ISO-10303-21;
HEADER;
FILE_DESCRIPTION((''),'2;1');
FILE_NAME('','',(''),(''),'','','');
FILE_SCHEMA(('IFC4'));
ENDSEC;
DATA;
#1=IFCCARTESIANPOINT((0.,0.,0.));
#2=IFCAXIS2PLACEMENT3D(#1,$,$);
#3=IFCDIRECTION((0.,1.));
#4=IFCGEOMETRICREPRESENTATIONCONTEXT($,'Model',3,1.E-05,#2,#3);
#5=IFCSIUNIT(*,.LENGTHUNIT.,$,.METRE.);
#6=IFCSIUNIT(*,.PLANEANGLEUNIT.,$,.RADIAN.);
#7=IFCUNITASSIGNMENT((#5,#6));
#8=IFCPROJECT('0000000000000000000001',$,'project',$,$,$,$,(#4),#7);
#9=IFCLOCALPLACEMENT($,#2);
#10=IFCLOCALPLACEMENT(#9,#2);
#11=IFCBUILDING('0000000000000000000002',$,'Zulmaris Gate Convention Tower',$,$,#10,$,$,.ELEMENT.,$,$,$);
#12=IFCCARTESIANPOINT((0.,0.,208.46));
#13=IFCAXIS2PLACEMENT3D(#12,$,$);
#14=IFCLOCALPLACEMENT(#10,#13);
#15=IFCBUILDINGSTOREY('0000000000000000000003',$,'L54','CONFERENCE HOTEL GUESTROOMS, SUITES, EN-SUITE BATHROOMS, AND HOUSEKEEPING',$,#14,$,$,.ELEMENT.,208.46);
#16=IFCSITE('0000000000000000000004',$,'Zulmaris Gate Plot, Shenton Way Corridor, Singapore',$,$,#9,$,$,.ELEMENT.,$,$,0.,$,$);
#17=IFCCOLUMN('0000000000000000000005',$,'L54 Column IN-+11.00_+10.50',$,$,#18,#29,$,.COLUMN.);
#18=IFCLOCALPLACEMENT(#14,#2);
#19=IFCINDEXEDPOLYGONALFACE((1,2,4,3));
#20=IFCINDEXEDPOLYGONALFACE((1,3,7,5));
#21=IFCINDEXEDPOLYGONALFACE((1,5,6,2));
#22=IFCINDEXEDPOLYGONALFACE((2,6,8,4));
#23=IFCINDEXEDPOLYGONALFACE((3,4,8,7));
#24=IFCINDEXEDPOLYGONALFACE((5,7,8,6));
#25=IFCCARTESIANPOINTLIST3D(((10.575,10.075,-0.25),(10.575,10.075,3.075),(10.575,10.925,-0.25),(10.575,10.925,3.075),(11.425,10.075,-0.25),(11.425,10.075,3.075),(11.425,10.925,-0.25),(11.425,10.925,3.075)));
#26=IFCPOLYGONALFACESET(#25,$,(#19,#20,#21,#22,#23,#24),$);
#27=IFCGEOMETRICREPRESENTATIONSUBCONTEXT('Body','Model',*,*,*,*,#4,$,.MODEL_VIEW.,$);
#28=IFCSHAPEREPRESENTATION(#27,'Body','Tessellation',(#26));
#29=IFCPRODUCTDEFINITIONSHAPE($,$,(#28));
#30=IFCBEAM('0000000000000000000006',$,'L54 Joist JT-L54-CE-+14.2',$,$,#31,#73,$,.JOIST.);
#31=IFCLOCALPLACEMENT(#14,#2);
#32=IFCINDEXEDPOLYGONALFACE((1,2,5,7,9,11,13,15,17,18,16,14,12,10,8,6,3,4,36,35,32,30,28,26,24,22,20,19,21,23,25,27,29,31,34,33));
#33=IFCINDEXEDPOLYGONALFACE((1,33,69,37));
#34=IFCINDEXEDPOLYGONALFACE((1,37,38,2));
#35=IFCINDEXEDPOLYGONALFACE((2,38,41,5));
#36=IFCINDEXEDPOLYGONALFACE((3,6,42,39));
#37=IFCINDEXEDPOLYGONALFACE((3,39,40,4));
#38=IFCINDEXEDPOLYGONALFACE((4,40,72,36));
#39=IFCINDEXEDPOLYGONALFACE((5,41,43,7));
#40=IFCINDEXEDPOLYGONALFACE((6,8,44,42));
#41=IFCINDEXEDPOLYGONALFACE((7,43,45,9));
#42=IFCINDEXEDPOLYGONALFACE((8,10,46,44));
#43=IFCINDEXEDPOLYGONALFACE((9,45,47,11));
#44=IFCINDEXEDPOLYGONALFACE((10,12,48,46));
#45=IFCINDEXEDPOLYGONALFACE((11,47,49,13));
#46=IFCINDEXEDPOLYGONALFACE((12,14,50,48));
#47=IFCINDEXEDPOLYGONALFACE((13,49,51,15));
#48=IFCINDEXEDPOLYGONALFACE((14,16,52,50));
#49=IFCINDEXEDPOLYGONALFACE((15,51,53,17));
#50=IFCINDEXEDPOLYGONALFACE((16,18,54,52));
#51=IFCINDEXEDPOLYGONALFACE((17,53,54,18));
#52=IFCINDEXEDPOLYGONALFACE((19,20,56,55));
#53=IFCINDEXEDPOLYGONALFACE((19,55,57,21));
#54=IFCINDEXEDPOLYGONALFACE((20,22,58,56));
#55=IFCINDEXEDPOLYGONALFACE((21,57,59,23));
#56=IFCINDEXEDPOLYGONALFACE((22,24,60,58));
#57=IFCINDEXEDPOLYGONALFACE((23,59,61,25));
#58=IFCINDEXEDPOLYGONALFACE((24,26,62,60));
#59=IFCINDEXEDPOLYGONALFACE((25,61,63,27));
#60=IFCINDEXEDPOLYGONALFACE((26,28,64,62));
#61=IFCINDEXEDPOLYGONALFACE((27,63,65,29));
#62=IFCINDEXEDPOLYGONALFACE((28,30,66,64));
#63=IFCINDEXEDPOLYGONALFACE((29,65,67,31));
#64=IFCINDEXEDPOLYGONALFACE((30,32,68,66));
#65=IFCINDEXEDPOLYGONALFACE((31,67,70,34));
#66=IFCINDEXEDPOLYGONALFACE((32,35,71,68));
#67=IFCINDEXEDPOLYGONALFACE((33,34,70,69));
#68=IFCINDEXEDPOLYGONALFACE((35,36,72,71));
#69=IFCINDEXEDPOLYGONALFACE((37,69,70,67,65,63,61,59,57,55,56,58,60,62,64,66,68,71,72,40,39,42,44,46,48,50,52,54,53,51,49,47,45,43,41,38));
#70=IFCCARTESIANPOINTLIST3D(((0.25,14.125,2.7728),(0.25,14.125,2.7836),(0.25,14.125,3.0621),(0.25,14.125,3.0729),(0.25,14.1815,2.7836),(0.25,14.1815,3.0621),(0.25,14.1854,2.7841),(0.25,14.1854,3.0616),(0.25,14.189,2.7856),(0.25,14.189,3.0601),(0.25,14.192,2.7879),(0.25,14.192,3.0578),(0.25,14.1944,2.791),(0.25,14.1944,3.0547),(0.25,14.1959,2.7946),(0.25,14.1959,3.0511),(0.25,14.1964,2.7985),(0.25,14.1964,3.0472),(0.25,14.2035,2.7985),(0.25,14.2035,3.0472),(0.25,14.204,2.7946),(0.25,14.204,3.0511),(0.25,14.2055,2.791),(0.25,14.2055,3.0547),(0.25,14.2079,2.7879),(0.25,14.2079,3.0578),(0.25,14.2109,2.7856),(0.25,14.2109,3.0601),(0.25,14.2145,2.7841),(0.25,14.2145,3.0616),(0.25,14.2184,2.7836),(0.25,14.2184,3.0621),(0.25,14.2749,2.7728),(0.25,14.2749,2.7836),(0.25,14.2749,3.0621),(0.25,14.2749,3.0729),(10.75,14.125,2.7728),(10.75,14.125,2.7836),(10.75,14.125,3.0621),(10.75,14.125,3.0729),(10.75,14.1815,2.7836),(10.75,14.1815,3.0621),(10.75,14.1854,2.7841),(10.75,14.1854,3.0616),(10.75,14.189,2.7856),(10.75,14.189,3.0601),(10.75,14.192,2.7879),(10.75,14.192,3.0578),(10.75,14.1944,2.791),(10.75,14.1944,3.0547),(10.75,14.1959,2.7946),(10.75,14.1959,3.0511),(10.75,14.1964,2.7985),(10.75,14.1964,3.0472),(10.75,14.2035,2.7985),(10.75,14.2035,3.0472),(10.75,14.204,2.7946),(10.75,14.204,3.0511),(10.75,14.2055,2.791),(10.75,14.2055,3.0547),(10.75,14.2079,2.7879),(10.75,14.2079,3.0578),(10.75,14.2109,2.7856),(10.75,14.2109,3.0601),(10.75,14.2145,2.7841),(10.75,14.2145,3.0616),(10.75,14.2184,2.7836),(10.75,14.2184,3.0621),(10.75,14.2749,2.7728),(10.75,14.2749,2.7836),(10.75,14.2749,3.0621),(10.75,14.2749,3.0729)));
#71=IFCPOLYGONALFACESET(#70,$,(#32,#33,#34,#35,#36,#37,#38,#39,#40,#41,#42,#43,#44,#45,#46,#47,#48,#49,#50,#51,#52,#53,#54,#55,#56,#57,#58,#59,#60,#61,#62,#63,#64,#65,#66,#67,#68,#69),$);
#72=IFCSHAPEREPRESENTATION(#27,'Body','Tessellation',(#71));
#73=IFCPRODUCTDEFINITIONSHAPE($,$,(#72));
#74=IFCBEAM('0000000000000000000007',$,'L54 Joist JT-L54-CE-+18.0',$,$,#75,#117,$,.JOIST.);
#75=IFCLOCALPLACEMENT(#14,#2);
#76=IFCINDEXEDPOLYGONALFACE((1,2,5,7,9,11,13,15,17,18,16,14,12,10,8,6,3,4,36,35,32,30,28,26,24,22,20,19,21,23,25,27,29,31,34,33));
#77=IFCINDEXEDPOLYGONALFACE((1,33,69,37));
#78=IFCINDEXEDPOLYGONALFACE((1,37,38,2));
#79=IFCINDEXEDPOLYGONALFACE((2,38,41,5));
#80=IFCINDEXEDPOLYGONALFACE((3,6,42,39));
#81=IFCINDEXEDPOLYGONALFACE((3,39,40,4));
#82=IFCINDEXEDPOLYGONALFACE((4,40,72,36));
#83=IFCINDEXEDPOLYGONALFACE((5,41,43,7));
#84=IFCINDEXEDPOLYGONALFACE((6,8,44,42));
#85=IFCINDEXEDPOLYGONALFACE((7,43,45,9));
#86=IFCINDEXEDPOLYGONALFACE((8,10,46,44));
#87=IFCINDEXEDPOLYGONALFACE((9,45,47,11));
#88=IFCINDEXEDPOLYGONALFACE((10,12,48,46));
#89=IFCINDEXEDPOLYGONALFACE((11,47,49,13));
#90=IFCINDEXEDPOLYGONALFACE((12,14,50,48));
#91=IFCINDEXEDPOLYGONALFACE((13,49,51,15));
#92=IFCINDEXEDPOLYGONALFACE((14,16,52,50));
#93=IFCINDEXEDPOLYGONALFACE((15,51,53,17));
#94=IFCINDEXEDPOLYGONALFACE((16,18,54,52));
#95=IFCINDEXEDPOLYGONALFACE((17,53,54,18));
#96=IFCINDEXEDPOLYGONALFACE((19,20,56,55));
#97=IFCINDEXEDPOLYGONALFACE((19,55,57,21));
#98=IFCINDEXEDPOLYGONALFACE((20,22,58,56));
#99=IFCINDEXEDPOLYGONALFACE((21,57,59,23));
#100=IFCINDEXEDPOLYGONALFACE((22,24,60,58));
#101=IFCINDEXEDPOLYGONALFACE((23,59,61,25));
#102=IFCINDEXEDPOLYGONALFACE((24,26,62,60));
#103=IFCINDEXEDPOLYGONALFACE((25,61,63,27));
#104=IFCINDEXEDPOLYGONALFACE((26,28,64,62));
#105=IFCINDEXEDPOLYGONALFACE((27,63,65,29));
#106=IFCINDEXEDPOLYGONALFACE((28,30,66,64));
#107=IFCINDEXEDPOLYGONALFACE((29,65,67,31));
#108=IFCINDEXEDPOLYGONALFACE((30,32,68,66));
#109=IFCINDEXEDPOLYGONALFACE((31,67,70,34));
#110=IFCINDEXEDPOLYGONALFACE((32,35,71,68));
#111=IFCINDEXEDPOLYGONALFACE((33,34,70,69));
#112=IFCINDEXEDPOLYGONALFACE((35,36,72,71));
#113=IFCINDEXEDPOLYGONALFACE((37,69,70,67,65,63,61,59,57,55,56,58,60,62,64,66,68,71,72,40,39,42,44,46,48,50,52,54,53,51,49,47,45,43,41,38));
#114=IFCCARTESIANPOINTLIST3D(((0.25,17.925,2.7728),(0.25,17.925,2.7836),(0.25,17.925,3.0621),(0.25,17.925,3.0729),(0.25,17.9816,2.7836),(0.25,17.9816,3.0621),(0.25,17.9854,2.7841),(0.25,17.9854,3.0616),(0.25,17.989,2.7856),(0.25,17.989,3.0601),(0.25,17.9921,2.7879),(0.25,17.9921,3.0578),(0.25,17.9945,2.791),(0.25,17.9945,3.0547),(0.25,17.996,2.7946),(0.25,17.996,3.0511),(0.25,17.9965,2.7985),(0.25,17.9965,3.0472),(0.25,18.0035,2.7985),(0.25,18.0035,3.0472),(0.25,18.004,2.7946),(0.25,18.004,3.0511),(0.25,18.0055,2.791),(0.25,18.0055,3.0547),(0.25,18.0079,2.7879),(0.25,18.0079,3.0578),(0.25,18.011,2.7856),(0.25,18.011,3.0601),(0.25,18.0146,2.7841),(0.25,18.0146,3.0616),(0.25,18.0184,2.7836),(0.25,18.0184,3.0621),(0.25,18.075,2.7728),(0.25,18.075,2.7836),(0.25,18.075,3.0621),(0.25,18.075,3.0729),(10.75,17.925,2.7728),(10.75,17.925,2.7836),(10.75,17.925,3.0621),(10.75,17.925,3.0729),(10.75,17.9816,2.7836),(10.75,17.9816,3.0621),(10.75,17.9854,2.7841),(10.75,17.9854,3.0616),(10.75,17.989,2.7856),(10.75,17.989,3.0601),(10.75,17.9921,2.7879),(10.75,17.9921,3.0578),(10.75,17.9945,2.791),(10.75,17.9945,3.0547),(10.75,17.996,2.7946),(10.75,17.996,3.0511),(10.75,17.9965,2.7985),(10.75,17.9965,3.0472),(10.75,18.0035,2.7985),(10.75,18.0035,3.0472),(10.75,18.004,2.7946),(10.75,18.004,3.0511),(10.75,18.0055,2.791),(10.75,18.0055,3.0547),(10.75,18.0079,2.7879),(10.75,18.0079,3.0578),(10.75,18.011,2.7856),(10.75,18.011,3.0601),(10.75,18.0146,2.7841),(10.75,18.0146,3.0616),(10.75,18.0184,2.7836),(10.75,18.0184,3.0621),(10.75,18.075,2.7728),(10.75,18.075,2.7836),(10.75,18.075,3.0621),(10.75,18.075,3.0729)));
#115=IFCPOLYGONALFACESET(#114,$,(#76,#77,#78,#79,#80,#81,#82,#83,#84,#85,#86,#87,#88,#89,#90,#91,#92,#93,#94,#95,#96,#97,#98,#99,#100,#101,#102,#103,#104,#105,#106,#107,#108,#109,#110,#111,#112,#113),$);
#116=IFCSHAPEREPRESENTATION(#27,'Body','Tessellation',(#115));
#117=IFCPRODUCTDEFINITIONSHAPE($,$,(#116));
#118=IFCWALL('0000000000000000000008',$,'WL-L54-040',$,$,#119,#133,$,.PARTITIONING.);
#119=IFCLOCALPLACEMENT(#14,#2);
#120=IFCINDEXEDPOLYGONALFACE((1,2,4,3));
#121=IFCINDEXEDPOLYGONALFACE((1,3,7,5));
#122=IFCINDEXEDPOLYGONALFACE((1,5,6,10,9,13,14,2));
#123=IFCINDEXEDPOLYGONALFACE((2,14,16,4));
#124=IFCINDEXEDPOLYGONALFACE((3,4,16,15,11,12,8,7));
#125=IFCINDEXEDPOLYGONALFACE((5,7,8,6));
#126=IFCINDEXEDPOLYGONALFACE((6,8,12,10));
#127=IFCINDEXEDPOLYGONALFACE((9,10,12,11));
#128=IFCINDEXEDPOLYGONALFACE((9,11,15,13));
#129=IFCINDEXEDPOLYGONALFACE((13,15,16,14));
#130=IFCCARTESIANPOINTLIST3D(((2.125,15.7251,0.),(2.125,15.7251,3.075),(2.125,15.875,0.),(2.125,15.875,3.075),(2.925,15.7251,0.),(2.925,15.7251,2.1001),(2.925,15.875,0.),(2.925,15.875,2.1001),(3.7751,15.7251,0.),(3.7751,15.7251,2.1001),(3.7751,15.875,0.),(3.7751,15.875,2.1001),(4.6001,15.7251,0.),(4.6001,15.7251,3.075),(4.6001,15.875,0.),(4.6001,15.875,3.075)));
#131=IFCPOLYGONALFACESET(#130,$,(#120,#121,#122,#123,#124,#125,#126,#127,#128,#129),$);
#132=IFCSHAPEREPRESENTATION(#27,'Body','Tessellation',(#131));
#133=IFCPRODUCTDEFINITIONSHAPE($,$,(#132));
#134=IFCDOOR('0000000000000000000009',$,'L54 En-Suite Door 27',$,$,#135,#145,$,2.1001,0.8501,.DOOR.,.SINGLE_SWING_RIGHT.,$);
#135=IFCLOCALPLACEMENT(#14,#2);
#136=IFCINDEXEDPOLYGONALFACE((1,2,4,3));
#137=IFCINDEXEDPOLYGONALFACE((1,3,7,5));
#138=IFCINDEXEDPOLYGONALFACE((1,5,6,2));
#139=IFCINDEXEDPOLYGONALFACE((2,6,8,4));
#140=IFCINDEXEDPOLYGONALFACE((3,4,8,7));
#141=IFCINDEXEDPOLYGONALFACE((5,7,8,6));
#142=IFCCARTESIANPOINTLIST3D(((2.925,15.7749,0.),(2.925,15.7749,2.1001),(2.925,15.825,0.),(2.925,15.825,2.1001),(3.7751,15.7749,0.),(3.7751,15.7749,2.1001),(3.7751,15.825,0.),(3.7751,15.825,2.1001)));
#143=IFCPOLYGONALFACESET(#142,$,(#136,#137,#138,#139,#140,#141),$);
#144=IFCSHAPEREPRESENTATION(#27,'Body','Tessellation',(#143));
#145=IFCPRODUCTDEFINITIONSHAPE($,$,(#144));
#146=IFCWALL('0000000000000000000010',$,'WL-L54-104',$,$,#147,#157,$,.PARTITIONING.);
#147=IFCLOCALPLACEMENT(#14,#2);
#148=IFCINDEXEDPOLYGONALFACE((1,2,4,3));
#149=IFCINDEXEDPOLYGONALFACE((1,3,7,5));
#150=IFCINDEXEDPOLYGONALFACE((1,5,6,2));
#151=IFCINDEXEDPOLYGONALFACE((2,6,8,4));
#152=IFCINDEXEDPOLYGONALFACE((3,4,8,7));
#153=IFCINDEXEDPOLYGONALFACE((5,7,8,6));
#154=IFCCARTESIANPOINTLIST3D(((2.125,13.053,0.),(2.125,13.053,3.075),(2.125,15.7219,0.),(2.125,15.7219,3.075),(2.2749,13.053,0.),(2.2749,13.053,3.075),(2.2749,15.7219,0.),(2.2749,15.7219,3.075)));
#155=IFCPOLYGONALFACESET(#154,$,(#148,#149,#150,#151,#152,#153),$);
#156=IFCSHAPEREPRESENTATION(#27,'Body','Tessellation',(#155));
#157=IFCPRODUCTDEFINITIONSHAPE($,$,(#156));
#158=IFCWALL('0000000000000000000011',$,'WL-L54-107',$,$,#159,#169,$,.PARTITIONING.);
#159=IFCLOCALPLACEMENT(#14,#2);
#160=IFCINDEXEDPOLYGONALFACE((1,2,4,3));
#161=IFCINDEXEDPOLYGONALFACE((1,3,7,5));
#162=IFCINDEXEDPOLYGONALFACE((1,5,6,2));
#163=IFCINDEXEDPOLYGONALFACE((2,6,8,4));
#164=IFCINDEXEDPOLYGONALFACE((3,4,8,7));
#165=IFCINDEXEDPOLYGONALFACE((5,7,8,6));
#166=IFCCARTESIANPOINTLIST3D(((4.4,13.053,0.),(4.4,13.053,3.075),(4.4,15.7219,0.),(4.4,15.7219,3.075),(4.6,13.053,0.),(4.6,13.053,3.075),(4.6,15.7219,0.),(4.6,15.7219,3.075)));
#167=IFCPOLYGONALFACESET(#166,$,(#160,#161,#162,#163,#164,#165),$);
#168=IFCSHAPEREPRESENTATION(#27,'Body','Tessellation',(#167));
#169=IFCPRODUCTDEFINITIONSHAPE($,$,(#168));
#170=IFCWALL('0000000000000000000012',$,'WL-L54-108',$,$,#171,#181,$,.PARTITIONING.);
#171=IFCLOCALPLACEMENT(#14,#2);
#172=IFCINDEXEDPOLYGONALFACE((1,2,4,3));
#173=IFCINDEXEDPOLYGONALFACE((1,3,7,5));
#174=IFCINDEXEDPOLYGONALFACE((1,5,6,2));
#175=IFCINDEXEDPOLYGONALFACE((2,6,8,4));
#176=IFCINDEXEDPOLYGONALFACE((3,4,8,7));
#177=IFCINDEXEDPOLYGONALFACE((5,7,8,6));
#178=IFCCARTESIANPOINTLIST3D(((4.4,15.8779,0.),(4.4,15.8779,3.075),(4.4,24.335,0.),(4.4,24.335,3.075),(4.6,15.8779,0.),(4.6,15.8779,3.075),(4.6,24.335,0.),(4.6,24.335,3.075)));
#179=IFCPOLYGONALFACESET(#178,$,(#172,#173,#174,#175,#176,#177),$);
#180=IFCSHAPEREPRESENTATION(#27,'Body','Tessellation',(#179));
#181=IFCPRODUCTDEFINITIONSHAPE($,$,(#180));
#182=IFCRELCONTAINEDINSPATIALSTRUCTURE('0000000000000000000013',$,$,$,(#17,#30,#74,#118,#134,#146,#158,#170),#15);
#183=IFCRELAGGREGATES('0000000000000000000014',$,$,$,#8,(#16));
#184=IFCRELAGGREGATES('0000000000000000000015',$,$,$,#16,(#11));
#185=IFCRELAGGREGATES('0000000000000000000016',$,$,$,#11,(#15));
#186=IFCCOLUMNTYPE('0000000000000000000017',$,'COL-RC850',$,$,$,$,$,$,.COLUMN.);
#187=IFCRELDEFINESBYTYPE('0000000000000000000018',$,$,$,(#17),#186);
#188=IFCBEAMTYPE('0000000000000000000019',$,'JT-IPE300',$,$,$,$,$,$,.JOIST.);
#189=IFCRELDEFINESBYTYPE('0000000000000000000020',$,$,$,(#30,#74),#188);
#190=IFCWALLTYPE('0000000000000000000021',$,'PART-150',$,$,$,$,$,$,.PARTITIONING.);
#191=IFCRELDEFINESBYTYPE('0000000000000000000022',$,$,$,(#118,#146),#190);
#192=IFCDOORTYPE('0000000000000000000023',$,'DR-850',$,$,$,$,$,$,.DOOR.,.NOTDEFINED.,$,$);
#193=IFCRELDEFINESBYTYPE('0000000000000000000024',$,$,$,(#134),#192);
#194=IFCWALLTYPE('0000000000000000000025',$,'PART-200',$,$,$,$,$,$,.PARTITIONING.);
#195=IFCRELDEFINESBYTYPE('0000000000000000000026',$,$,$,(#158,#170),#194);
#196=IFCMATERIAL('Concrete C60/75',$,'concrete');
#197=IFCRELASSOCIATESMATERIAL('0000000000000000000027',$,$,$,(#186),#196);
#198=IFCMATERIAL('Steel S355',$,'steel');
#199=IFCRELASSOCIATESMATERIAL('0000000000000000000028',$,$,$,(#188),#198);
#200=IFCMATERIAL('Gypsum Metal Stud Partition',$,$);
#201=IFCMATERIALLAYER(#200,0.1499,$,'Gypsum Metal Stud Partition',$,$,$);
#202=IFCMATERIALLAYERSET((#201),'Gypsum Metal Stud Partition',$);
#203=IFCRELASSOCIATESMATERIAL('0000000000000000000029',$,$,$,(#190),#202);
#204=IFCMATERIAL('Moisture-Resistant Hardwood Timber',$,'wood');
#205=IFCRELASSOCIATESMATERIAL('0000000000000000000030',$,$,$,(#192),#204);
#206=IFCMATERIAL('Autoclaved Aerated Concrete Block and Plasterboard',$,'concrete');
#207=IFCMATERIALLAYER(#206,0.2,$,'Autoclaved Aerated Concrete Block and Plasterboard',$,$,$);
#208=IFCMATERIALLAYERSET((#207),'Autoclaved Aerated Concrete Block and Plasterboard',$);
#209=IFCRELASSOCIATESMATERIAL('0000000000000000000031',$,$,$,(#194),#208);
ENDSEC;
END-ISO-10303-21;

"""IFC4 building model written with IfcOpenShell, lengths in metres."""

from ifc_helpers import new_model, si_unit, direction, frame, frame_2d, origin, origin_2d, place, context, subcontext, project, spatial, rectangle, i_section, extrude, material, layer, layer_set, material_profile, profile_set, type_object, element, fill, save


model = new_model("IFC4")

# Units and contexts
model_context = context("Model", 3, precision=1e-05, world=origin(), true_north=direction((0.0, 1.0)))
body_context = subcontext(model_context, "Body", "Model", "MODEL_VIEW")
ifc_project = project(units=[si_unit("LENGTHUNIT", "METRE"), si_unit("PLANEANGLEUNIT", "RADIAN")], contexts=[model_context])

# Site, building, storey
site_placement = place(None, origin())
site = spatial("IfcSite", under=ifc_project, at=site_placement, Name="Zulmaris Gate Plot, Shenton Way Corridor, Singapore", CompositionType="ELEMENT", RefElevation=0.0)
building_placement = place(site_placement, origin())
building = spatial("IfcBuilding", under=site, at=building_placement, Name="Zulmaris Gate Convention Tower", CompositionType="ELEMENT")
storey_placement = place(building_placement, frame((0.0, 0.0, 208.46)))
storey = spatial("IfcBuildingStorey", under=building, at=storey_placement, Name="L54", Description="CONFERENCE HOTEL GUESTROOMS, SUITES, EN-SUITE BATHROOMS, AND HOUSEKEEPING", CompositionType="ELEMENT", Elevation=208.46)

# Column
ifc_material_1 = material(Name="Concrete C60/75", Category="concrete")
ifc_material_profile_1 = material_profile(ifc_material_1, rectangle(XDim=0.8501, YDim=0.8501, at=origin_2d()), Name="RC COL 850x850")
ifc_profile_set_1 = profile_set([ifc_material_profile_1], Name="Concrete C60/75")
column_type = type_object("IfcColumnType", Name="COL-RC850", PredefinedType="COLUMN", material=ifc_profile_set_1)
column_placement = place(storey_placement, frame((11.0, 10.5, -0.25), z_axis=(0.0, 0.0, 1.0), x_axis=(1.0, 0.0, 0.0)))
element("IfcColumn", 1, at=column_placement, inside=storey, type_object=column_type, Name="L54 Column IN-+11.00_+10.50", PredefinedType="COLUMN", context=body_context, shape_type="SweptSolid", body=[
    extrude(rectangle(XDim=0.8501, YDim=0.8501, at=origin_2d()), origin(), (0.0, 0.0, 1.0), 3.325),
])

# Beams
ifc_material_2 = material(Name="Steel S355", Category="steel")
ifc_material_profile_2 = material_profile(ifc_material_2, i_section(OverallWidth=0.1499, OverallDepth=0.3, WebThickness=0.0071, FlangeThickness=0.0107, FilletRadius=0.0149, at=origin_2d()), Name="IPE 300")
ifc_profile_set_2 = profile_set([ifc_material_profile_2], Name="Steel S355")
beam_type = type_object("IfcBeamType", Name="JT-IPE300", PredefinedType="JOIST", material=ifc_profile_set_2)
for number, where, z_axis, x_axis, name in (
    (2, (0.25, 14.2, 2.9229), (1.0, 0.0, 0.0), (0.0, 1.0, 0.0), "L54 Joist JT-L54-CE-+14.2"),
    (3, (0.25, 18.0, 2.9229), (1.0, 0.0, 0.0), (0.0, 1.0, 0.0), "L54 Joist JT-L54-CE-+18.0"),
):
    element("IfcBeam", number, at=place(storey_placement, frame(where, z_axis=z_axis, x_axis=x_axis)), inside=storey, type_object=beam_type, Name=name, PredefinedType="JOIST", context=body_context, shape_type="SweptSolid", body=[
        extrude(i_section(OverallWidth=0.1499, OverallDepth=0.3, WebThickness=0.0071, FlangeThickness=0.0107, FilletRadius=0.0149, at=origin_2d()), origin(), (0.0, 0.0, 1.0), 10.5),
    ])

# Wall, opening, door
ifc_material_3 = material(Name="Gypsum Metal Stud Partition")
ifc_layer_1 = layer(ifc_material_3, 0.1499, Name="Gypsum Metal Stud Partition")
ifc_layer_set_1 = layer_set([ifc_layer_1], Name="Gypsum Metal Stud Partition")
wall_type_1 = type_object("IfcWallType", Name="PART-150", PredefinedType="PARTITIONING", material=ifc_layer_set_1)
wall_1_placement = place(storey_placement, frame((2.125, 15.8, 0.0), z_axis=(0.0, 0.0, 1.0), x_axis=(1.0, 0.0, 0.0)))
wall_1 = element("IfcWall", 4, at=wall_1_placement, inside=storey, type_object=wall_type_1, Name="WL-L54-040", PredefinedType="PARTITIONING", context=body_context, shape_type="SweptSolid", body=[
    extrude(rectangle(XDim=2.4751, YDim=0.1499, at=frame_2d((1.2375, 0.0))), origin(), (0.0, 0.0, 1.0), 3.075),
])
opening_1_placement = place(wall_1_placement, frame((0.8, 0.0, 0.0)))
opening_1 = element("IfcOpeningElement", 5, at=opening_1_placement, cuts=wall_1, PredefinedType="OPENING", context=body_context, shape_type="SweptSolid", body=[
    extrude(rectangle(XDim=0.8501, YDim=2.1001, at=frame_2d((0.425, 1.05))), frame((0.0, 0.085, 0.0), z_axis=(0.0, -1.0, 0.0), x_axis=(1.0, 0.0, 0.0)), (0.0, 0.0, 1.0), 0.1699),
])
ifc_material_4 = material(Name="Moisture-Resistant Hardwood Timber", Category="wood")
door_type = type_object("IfcDoorType", Name="DR-850", OperationType="NOTDEFINED", PredefinedType="DOOR", material=ifc_material_4)
door_placement = place(opening_1_placement, origin())
door = element("IfcDoor", 6, at=door_placement, inside=storey, type_object=door_type, Name="L54 En-Suite Door 27", OperationType="SINGLE_SWING_RIGHT", OverallHeight=2.1001, OverallWidth=0.8501, PredefinedType="DOOR", context=body_context, shape_type="SweptSolid", body=[
    extrude(rectangle(XDim=0.8501, YDim=2.1001, at=frame_2d((0.425, 1.05))), frame((0.0, 0.0249, 0.0), z_axis=(0.0, -1.0, 0.0), x_axis=(1.0, 0.0, 0.0)), (0.0, 0.0, 1.0), 0.05),
])
fill(opening_1, door)

# Walls
wall_2_placement = place(storey_placement, frame((2.2, 13.053, 0.0), z_axis=(0.0, 0.0, 1.0), x_axis=(0.0, 1.0, 0.0)))
element("IfcWall", 7, at=wall_2_placement, inside=storey, type_object=wall_type_1, Name="WL-L54-104", PredefinedType="PARTITIONING", context=body_context, shape_type="SweptSolid", body=[
    extrude(rectangle(XDim=2.6689, YDim=0.1499, at=frame_2d((1.3345, 0.0))), origin(), (0.0, 0.0, 1.0), 3.075),
])
ifc_material_5 = material(Name="Autoclaved Aerated Concrete Block and Plasterboard", Category="concrete")
ifc_layer_2 = layer(ifc_material_5, 0.2, Name="Autoclaved Aerated Concrete Block and Plasterboard")
ifc_layer_set_2 = layer_set([ifc_layer_2], Name="Autoclaved Aerated Concrete Block and Plasterboard")
wall_type_2 = type_object("IfcWallType", Name="PART-200", PredefinedType="PARTITIONING", material=ifc_layer_set_2)
wall_3_placement = place(storey_placement, frame((4.5, 13.053, 0.0), z_axis=(0.0, 0.0, 1.0), x_axis=(0.0, 1.0, 0.0)))
element("IfcWall", 8, at=wall_3_placement, inside=storey, type_object=wall_type_2, Name="WL-L54-107", PredefinedType="PARTITIONING", context=body_context, shape_type="SweptSolid", body=[
    extrude(rectangle(XDim=2.6689, YDim=0.2, at=frame_2d((1.3345, 0.0))), origin(), (0.0, 0.0, 1.0), 3.075),
])
wall_4_placement = place(storey_placement, frame((4.5, 15.8779, 0.0), z_axis=(0.0, 0.0, 1.0), x_axis=(0.0, 1.0, 0.0)))
element("IfcWall", 9, at=wall_4_placement, inside=storey, type_object=wall_type_2, Name="WL-L54-108", PredefinedType="PARTITIONING", context=body_context, shape_type="SweptSolid", body=[
    extrude(rectangle(XDim=8.457, YDim=0.2, at=frame_2d((4.2285, 0.0))), origin(), (0.0, 0.0, 1.0), 3.075),
])

save(model, "model.ifc")
